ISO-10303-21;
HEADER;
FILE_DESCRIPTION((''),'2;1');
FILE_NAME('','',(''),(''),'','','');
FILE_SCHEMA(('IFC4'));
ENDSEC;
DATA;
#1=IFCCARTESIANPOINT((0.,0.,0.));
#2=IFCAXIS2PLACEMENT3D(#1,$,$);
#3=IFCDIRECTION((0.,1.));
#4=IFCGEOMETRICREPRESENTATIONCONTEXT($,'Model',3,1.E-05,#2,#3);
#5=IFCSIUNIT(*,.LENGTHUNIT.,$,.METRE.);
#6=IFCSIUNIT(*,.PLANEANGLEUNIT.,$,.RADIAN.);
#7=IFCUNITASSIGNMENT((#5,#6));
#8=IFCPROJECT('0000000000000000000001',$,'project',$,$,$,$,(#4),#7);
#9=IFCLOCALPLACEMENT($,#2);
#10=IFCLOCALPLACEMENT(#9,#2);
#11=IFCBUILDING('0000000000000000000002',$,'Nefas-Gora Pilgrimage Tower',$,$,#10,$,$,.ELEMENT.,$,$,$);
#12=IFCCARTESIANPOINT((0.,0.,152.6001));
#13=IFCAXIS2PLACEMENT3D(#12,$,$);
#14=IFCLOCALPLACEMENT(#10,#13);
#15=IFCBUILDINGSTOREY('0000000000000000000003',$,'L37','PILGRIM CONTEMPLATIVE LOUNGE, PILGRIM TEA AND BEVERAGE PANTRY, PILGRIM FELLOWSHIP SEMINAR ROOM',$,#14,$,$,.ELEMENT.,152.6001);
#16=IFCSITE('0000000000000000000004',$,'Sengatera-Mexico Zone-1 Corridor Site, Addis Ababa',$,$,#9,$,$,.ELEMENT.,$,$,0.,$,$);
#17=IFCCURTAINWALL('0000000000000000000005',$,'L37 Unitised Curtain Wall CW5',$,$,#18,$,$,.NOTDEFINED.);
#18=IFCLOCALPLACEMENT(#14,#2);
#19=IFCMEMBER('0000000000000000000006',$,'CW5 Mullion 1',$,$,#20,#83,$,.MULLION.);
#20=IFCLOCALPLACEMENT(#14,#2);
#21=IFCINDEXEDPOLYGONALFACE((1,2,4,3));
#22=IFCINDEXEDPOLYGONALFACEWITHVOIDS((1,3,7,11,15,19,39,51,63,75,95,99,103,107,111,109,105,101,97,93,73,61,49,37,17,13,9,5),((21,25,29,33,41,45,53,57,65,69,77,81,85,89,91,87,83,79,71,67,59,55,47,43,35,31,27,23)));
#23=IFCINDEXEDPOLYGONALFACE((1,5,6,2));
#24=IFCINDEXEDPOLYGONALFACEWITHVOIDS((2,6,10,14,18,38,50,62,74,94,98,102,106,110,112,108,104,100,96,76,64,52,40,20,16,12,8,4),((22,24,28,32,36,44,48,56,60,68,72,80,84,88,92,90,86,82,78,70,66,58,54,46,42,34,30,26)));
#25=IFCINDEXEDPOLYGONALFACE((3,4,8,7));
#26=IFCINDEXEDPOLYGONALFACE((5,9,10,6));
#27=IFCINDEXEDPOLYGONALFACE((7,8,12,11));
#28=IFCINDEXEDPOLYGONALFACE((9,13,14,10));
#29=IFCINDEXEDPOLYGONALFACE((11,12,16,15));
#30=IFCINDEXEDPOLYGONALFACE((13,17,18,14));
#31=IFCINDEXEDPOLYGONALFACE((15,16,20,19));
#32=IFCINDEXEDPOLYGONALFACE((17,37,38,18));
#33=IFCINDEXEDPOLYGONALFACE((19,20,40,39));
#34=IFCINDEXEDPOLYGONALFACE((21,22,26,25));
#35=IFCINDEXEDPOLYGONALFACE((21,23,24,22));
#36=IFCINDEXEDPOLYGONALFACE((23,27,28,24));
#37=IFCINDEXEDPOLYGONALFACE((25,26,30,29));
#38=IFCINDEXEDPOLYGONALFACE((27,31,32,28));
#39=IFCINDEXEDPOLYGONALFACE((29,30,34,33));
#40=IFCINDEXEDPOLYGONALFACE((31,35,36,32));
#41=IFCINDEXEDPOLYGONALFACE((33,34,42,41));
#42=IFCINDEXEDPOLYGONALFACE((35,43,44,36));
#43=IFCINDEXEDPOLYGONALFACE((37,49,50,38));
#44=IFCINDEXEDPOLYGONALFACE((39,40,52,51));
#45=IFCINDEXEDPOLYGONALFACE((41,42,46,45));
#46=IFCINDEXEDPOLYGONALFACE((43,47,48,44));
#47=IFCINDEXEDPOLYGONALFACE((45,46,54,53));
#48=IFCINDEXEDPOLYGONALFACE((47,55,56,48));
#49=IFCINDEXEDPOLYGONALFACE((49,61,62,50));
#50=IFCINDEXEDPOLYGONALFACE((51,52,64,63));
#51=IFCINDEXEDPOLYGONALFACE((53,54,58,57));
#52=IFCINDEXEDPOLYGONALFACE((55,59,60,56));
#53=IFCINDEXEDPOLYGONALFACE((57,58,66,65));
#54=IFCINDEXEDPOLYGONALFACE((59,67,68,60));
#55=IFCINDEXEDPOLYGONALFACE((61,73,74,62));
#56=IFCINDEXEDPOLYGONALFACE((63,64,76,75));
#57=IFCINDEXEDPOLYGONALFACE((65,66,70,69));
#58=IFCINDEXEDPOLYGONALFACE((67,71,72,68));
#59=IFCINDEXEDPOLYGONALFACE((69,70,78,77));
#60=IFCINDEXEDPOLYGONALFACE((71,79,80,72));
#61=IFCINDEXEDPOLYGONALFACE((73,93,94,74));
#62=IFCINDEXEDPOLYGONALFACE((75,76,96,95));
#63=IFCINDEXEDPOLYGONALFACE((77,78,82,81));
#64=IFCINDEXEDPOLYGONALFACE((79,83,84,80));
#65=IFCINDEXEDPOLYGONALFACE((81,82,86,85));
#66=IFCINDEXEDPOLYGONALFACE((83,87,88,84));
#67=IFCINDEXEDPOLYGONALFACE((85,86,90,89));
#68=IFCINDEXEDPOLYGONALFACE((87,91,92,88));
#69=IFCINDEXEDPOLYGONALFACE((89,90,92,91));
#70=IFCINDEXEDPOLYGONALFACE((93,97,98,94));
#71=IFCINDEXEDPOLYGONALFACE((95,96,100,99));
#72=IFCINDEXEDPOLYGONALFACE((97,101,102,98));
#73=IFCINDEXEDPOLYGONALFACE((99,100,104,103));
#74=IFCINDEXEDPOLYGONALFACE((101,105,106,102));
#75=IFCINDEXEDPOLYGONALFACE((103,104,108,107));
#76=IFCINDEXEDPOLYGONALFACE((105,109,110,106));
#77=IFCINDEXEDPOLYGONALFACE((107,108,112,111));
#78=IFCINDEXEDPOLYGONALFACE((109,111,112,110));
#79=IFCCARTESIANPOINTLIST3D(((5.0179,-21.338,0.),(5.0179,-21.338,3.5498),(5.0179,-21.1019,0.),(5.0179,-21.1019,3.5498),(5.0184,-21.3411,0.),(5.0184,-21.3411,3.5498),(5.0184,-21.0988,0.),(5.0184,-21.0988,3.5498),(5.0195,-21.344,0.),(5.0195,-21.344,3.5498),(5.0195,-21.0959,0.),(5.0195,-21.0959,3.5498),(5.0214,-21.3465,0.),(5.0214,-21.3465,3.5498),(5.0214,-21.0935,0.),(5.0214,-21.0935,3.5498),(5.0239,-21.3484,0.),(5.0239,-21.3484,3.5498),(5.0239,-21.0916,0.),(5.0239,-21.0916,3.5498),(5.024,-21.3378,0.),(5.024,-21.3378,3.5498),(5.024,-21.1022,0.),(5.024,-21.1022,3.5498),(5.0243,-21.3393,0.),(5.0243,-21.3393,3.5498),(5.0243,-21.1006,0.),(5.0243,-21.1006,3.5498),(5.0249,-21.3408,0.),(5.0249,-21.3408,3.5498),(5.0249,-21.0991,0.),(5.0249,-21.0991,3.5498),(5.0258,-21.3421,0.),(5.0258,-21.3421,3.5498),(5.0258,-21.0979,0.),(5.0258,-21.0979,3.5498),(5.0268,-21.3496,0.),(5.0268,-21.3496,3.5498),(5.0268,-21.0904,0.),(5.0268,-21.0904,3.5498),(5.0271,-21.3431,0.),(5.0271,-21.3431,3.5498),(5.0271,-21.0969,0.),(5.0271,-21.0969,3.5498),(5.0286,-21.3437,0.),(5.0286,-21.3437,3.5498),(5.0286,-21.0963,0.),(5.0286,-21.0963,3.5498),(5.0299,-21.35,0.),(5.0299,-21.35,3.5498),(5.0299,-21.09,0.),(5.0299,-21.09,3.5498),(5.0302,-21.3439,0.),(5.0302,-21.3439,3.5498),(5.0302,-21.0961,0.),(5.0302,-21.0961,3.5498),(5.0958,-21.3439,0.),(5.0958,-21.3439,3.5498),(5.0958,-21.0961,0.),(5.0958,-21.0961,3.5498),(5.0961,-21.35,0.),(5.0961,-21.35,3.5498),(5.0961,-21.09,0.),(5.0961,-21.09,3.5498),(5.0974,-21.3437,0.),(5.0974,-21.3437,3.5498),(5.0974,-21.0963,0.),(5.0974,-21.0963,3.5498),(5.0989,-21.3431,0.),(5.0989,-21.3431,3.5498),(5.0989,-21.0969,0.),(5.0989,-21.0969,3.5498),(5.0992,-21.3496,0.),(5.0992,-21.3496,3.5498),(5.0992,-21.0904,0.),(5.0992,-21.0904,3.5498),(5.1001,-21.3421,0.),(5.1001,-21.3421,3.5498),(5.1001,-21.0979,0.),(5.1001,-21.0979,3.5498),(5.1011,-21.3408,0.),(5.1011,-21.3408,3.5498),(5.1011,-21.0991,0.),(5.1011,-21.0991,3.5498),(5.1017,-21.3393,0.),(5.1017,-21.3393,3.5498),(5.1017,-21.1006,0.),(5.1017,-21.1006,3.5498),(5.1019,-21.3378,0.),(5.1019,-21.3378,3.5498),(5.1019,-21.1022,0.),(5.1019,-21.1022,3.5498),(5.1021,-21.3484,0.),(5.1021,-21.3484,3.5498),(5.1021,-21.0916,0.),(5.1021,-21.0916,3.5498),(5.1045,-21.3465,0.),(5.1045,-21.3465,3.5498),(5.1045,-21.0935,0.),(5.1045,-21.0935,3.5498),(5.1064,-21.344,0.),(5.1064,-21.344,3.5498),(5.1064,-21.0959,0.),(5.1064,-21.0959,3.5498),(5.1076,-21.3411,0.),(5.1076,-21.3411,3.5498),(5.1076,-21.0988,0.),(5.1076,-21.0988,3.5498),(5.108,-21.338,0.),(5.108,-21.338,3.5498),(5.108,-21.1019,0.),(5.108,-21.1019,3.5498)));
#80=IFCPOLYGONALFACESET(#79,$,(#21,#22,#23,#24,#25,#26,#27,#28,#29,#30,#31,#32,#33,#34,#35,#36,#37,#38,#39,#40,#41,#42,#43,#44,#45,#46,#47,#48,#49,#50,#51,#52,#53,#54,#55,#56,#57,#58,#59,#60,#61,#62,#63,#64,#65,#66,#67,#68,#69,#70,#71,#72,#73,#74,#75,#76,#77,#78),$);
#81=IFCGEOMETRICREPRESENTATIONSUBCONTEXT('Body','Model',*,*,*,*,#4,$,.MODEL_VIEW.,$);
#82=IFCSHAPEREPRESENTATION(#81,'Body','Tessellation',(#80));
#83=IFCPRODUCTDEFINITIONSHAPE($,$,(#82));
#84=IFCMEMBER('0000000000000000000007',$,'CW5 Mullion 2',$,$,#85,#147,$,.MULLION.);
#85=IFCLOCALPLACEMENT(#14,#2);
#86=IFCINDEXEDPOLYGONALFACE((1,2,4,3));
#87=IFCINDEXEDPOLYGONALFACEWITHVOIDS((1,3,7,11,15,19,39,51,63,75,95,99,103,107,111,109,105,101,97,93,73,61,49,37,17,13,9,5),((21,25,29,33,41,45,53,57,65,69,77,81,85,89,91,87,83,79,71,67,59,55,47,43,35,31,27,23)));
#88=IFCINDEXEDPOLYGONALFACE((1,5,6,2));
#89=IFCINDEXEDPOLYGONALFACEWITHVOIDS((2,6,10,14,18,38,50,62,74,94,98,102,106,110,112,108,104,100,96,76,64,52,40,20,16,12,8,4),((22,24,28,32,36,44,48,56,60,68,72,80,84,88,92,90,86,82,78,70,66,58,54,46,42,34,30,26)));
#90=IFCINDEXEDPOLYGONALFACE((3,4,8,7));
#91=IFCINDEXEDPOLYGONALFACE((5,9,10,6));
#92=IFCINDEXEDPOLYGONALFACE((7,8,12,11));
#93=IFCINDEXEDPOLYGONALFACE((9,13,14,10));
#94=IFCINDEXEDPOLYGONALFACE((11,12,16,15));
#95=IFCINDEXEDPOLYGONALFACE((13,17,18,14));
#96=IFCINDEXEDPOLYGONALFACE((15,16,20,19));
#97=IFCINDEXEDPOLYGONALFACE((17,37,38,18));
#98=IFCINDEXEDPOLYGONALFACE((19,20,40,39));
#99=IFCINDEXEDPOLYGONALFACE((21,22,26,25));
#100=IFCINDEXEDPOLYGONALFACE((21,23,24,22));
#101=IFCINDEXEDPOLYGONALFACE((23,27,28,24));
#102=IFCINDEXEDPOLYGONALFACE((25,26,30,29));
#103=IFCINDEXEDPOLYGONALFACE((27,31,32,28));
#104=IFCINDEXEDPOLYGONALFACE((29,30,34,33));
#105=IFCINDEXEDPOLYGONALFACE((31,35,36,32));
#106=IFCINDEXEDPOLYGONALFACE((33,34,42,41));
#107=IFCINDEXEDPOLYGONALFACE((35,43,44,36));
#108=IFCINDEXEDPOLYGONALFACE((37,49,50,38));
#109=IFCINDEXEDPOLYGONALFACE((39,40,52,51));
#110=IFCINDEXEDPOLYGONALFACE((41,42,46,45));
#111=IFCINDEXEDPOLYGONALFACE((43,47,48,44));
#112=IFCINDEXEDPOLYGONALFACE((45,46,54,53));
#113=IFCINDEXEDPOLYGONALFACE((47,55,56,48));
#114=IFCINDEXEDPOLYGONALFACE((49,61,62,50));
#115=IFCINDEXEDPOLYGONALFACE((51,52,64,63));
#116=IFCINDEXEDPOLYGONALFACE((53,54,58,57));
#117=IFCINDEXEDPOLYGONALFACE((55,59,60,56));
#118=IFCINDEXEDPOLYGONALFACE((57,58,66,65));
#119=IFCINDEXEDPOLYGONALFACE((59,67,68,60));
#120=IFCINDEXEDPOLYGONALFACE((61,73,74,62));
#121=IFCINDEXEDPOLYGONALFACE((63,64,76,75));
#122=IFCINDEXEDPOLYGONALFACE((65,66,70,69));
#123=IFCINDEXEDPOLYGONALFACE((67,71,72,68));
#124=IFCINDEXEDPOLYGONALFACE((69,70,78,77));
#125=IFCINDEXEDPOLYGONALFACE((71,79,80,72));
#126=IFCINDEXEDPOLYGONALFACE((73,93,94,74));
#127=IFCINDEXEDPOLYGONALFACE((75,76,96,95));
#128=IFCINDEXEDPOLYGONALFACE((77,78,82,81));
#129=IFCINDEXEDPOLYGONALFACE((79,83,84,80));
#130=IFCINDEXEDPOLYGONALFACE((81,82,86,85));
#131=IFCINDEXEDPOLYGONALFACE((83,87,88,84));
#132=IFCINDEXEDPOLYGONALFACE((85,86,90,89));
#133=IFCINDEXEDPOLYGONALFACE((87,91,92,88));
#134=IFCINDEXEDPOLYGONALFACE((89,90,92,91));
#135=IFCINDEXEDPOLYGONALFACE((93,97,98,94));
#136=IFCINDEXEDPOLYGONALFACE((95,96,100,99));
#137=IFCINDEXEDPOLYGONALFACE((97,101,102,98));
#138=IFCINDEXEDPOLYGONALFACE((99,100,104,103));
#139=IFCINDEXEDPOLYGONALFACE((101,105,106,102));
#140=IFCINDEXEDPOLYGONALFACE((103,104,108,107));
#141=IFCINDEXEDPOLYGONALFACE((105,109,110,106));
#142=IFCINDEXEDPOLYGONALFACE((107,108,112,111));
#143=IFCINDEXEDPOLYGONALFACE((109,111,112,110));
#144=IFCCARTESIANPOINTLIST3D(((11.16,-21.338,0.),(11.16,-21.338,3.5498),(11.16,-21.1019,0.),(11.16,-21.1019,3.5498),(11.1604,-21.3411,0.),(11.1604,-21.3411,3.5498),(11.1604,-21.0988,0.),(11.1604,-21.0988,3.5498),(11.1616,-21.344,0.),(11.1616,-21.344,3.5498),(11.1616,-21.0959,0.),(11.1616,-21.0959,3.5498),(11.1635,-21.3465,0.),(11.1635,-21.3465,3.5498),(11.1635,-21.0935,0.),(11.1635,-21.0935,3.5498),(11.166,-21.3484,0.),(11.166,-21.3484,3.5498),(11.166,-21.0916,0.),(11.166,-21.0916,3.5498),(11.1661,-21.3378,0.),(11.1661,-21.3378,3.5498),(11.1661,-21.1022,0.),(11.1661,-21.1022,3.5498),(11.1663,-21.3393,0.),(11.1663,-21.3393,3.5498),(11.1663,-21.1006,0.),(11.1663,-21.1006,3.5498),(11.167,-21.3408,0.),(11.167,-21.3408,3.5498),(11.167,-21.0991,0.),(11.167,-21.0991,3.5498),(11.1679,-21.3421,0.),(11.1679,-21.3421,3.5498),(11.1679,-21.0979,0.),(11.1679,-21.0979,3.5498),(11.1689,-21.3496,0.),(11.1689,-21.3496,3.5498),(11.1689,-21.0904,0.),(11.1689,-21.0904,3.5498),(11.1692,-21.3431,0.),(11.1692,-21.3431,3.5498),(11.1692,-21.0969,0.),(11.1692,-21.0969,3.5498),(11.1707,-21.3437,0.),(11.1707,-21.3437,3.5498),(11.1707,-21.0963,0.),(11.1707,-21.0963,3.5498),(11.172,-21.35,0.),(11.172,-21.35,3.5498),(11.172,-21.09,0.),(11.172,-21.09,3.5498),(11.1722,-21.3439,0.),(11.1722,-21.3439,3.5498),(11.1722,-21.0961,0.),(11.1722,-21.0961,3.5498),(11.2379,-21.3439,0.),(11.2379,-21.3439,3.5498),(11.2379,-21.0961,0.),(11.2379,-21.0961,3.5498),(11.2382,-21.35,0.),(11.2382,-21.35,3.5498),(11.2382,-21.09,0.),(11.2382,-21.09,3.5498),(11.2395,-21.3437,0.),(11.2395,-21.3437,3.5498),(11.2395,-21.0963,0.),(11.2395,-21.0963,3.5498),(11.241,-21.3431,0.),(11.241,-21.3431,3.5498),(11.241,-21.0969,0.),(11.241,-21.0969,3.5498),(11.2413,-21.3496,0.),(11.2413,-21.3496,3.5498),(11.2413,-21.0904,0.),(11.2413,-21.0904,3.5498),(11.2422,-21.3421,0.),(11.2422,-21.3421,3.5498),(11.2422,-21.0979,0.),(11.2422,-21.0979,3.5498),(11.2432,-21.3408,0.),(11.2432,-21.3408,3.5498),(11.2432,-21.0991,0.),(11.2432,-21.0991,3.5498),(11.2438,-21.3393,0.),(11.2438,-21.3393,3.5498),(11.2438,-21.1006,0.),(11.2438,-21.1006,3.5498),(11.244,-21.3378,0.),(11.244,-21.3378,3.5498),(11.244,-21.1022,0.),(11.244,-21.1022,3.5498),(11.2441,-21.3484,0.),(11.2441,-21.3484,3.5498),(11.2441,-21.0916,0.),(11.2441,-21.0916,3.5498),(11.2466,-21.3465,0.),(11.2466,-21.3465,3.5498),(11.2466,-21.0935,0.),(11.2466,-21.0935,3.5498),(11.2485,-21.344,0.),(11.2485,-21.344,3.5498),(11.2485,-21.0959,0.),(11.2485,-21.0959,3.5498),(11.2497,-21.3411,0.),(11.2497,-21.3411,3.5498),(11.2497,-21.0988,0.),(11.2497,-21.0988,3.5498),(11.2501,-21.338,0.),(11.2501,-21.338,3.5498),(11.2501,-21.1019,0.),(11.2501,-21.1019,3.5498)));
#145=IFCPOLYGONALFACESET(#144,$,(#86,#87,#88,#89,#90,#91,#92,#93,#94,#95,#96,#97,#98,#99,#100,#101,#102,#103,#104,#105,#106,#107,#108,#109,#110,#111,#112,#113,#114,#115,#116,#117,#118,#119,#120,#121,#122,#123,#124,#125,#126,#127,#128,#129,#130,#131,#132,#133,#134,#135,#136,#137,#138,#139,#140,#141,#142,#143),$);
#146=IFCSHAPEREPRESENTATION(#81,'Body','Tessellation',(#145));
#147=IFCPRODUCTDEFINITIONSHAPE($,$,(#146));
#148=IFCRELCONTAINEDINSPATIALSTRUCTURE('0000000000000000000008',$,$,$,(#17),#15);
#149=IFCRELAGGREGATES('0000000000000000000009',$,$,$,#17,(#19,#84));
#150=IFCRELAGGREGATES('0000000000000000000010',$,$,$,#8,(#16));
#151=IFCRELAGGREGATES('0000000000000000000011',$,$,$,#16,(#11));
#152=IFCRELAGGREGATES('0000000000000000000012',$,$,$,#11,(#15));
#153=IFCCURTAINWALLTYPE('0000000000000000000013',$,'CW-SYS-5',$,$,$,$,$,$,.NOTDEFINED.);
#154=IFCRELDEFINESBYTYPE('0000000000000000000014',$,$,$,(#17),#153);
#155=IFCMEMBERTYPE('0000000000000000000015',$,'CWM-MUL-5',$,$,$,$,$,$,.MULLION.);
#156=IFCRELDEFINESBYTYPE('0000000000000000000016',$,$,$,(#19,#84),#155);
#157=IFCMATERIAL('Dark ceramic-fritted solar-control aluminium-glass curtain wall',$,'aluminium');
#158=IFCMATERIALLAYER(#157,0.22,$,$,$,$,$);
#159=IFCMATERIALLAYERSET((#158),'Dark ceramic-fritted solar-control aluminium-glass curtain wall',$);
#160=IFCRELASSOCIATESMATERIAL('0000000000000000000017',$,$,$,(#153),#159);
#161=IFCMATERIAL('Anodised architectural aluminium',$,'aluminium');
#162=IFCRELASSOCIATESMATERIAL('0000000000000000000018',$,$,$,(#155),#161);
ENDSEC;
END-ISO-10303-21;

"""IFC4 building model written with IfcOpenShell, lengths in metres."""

from ifc_helpers import new_model, si_unit, direction, frame, origin, origin_2d, place, context, subcontext, project, spatial, hollow_rectangle, extrude, source, transform, mapped, material, layer, layer_set, material_profile, profile_set, type_object, element, aggregate, save


model = new_model("IFC4")

# Units and contexts
model_context = context("Model", 3, precision=1e-05, world=origin(), true_north=direction((0.0, 1.0)))
body_context = subcontext(model_context, "Body", "Model", "MODEL_VIEW")
ifc_project = project(units=[si_unit("LENGTHUNIT", "METRE"), si_unit("PLANEANGLEUNIT", "RADIAN")], contexts=[model_context])

# Site, building, storey
site_placement = place(None, origin())
site = spatial("IfcSite", under=ifc_project, at=site_placement, Name="Sengatera-Mexico Zone-1 Corridor Site, Addis Ababa", CompositionType="ELEMENT", RefElevation=0.0)
building_placement = place(site_placement, origin())
building = spatial("IfcBuilding", under=site, at=building_placement, Name="Nefas-Gora Pilgrimage Tower", CompositionType="ELEMENT")
storey_placement = place(building_placement, frame((0.0, 0.0, 152.6001)))
storey = spatial("IfcBuildingStorey", under=building, at=storey_placement, Name="L37", Description="PILGRIM CONTEMPLATIVE LOUNGE, PILGRIM TEA AND BEVERAGE PANTRY, PILGRIM FELLOWSHIP SEMINAR ROOM", CompositionType="ELEMENT", Elevation=152.6001)

# Curtain wall, members
ifc_material_1 = material(Name="Dark ceramic-fritted solar-control aluminium-glass curtain wall", Category="aluminium")
ifc_layer_1 = layer(ifc_material_1, 0.22)
ifc_layer_set_1 = layer_set([ifc_layer_1], Name="Dark ceramic-fritted solar-control aluminium-glass curtain wall")
curtain_wall_type = type_object("IfcCurtainWallType", Name="CW-SYS-5", PredefinedType="NOTDEFINED", material=ifc_layer_set_1)
curtain_wall_1_placement = place(storey_placement, origin())
curtain_wall_1 = element("IfcCurtainWall", 1, at=curtain_wall_1_placement, inside=storey, type_object=curtain_wall_type, Name="L37 Unitised Curtain Wall CW5", PredefinedType="NOTDEFINED")
ifc_material_2 = material(Name="Anodised architectural aluminium", Category="aluminium")
ifc_material_profile_1 = material_profile(ifc_material_2, hollow_rectangle(XDim=0.0901, YDim=0.26, WallThickness=0.0061, InnerFilletRadius=0.0061, OuterFilletRadius=0.012, at=origin_2d()), Name="ALU MULLION 90x260")
ifc_profile_set_1 = profile_set([ifc_material_profile_1], Name="Anodised architectural aluminium")
member_type_1 = type_object("IfcMemberType", Name="CWM-MUL-5", PredefinedType="MULLION", material=ifc_profile_set_1)
shared_shape_1 = source(origin(), body_context, "Body", "SweptSolid", [
    extrude(hollow_rectangle(XDim=0.0901, YDim=0.26, WallThickness=0.0061, InnerFilletRadius=0.0061, OuterFilletRadius=0.012, at=origin_2d()), origin(), (0.0, 0.0, 1.0), 3.5498),
])
member_1_placement = place(storey_placement, frame((5.063, -21.22, 0.0), z_axis=(0.0, 0.0, 1.0), x_axis=(1.0, 0.0, 0.0)))
member_1 = element("IfcMember", 2, at=member_1_placement, type_object=member_type_1, Name="CW5 Mullion 1", PredefinedType="MULLION", context=body_context, shape_type="MappedRepresentation", body=[
    mapped(shared_shape_1, transform((0.0, 0.0, 0.0), x_axis=(1.0, 0.0, 0.0), y_axis=(0.0, 1.0, 0.0), z_axis=(0.0, 0.0, 1.0), scale=1.0)),
])
member_2_placement = place(storey_placement, frame((11.2051, -21.22, 0.0), z_axis=(0.0, 0.0, 1.0), x_axis=(1.0, 0.0, 0.0)))
member_2 = element("IfcMember", 3, at=member_2_placement, type_object=member_type_1, Name="CW5 Mullion 2", PredefinedType="MULLION", context=body_context, shape_type="MappedRepresentation", body=[
    mapped(shared_shape_1, transform((0.0, 0.0, 0.0), x_axis=(1.0, 0.0, 0.0), y_axis=(0.0, 1.0, 0.0), z_axis=(0.0, 0.0, 1.0), scale=1.0)),
])

aggregate(curtain_wall_1, [member_1, member_2])

save(model, "model.ifc")
